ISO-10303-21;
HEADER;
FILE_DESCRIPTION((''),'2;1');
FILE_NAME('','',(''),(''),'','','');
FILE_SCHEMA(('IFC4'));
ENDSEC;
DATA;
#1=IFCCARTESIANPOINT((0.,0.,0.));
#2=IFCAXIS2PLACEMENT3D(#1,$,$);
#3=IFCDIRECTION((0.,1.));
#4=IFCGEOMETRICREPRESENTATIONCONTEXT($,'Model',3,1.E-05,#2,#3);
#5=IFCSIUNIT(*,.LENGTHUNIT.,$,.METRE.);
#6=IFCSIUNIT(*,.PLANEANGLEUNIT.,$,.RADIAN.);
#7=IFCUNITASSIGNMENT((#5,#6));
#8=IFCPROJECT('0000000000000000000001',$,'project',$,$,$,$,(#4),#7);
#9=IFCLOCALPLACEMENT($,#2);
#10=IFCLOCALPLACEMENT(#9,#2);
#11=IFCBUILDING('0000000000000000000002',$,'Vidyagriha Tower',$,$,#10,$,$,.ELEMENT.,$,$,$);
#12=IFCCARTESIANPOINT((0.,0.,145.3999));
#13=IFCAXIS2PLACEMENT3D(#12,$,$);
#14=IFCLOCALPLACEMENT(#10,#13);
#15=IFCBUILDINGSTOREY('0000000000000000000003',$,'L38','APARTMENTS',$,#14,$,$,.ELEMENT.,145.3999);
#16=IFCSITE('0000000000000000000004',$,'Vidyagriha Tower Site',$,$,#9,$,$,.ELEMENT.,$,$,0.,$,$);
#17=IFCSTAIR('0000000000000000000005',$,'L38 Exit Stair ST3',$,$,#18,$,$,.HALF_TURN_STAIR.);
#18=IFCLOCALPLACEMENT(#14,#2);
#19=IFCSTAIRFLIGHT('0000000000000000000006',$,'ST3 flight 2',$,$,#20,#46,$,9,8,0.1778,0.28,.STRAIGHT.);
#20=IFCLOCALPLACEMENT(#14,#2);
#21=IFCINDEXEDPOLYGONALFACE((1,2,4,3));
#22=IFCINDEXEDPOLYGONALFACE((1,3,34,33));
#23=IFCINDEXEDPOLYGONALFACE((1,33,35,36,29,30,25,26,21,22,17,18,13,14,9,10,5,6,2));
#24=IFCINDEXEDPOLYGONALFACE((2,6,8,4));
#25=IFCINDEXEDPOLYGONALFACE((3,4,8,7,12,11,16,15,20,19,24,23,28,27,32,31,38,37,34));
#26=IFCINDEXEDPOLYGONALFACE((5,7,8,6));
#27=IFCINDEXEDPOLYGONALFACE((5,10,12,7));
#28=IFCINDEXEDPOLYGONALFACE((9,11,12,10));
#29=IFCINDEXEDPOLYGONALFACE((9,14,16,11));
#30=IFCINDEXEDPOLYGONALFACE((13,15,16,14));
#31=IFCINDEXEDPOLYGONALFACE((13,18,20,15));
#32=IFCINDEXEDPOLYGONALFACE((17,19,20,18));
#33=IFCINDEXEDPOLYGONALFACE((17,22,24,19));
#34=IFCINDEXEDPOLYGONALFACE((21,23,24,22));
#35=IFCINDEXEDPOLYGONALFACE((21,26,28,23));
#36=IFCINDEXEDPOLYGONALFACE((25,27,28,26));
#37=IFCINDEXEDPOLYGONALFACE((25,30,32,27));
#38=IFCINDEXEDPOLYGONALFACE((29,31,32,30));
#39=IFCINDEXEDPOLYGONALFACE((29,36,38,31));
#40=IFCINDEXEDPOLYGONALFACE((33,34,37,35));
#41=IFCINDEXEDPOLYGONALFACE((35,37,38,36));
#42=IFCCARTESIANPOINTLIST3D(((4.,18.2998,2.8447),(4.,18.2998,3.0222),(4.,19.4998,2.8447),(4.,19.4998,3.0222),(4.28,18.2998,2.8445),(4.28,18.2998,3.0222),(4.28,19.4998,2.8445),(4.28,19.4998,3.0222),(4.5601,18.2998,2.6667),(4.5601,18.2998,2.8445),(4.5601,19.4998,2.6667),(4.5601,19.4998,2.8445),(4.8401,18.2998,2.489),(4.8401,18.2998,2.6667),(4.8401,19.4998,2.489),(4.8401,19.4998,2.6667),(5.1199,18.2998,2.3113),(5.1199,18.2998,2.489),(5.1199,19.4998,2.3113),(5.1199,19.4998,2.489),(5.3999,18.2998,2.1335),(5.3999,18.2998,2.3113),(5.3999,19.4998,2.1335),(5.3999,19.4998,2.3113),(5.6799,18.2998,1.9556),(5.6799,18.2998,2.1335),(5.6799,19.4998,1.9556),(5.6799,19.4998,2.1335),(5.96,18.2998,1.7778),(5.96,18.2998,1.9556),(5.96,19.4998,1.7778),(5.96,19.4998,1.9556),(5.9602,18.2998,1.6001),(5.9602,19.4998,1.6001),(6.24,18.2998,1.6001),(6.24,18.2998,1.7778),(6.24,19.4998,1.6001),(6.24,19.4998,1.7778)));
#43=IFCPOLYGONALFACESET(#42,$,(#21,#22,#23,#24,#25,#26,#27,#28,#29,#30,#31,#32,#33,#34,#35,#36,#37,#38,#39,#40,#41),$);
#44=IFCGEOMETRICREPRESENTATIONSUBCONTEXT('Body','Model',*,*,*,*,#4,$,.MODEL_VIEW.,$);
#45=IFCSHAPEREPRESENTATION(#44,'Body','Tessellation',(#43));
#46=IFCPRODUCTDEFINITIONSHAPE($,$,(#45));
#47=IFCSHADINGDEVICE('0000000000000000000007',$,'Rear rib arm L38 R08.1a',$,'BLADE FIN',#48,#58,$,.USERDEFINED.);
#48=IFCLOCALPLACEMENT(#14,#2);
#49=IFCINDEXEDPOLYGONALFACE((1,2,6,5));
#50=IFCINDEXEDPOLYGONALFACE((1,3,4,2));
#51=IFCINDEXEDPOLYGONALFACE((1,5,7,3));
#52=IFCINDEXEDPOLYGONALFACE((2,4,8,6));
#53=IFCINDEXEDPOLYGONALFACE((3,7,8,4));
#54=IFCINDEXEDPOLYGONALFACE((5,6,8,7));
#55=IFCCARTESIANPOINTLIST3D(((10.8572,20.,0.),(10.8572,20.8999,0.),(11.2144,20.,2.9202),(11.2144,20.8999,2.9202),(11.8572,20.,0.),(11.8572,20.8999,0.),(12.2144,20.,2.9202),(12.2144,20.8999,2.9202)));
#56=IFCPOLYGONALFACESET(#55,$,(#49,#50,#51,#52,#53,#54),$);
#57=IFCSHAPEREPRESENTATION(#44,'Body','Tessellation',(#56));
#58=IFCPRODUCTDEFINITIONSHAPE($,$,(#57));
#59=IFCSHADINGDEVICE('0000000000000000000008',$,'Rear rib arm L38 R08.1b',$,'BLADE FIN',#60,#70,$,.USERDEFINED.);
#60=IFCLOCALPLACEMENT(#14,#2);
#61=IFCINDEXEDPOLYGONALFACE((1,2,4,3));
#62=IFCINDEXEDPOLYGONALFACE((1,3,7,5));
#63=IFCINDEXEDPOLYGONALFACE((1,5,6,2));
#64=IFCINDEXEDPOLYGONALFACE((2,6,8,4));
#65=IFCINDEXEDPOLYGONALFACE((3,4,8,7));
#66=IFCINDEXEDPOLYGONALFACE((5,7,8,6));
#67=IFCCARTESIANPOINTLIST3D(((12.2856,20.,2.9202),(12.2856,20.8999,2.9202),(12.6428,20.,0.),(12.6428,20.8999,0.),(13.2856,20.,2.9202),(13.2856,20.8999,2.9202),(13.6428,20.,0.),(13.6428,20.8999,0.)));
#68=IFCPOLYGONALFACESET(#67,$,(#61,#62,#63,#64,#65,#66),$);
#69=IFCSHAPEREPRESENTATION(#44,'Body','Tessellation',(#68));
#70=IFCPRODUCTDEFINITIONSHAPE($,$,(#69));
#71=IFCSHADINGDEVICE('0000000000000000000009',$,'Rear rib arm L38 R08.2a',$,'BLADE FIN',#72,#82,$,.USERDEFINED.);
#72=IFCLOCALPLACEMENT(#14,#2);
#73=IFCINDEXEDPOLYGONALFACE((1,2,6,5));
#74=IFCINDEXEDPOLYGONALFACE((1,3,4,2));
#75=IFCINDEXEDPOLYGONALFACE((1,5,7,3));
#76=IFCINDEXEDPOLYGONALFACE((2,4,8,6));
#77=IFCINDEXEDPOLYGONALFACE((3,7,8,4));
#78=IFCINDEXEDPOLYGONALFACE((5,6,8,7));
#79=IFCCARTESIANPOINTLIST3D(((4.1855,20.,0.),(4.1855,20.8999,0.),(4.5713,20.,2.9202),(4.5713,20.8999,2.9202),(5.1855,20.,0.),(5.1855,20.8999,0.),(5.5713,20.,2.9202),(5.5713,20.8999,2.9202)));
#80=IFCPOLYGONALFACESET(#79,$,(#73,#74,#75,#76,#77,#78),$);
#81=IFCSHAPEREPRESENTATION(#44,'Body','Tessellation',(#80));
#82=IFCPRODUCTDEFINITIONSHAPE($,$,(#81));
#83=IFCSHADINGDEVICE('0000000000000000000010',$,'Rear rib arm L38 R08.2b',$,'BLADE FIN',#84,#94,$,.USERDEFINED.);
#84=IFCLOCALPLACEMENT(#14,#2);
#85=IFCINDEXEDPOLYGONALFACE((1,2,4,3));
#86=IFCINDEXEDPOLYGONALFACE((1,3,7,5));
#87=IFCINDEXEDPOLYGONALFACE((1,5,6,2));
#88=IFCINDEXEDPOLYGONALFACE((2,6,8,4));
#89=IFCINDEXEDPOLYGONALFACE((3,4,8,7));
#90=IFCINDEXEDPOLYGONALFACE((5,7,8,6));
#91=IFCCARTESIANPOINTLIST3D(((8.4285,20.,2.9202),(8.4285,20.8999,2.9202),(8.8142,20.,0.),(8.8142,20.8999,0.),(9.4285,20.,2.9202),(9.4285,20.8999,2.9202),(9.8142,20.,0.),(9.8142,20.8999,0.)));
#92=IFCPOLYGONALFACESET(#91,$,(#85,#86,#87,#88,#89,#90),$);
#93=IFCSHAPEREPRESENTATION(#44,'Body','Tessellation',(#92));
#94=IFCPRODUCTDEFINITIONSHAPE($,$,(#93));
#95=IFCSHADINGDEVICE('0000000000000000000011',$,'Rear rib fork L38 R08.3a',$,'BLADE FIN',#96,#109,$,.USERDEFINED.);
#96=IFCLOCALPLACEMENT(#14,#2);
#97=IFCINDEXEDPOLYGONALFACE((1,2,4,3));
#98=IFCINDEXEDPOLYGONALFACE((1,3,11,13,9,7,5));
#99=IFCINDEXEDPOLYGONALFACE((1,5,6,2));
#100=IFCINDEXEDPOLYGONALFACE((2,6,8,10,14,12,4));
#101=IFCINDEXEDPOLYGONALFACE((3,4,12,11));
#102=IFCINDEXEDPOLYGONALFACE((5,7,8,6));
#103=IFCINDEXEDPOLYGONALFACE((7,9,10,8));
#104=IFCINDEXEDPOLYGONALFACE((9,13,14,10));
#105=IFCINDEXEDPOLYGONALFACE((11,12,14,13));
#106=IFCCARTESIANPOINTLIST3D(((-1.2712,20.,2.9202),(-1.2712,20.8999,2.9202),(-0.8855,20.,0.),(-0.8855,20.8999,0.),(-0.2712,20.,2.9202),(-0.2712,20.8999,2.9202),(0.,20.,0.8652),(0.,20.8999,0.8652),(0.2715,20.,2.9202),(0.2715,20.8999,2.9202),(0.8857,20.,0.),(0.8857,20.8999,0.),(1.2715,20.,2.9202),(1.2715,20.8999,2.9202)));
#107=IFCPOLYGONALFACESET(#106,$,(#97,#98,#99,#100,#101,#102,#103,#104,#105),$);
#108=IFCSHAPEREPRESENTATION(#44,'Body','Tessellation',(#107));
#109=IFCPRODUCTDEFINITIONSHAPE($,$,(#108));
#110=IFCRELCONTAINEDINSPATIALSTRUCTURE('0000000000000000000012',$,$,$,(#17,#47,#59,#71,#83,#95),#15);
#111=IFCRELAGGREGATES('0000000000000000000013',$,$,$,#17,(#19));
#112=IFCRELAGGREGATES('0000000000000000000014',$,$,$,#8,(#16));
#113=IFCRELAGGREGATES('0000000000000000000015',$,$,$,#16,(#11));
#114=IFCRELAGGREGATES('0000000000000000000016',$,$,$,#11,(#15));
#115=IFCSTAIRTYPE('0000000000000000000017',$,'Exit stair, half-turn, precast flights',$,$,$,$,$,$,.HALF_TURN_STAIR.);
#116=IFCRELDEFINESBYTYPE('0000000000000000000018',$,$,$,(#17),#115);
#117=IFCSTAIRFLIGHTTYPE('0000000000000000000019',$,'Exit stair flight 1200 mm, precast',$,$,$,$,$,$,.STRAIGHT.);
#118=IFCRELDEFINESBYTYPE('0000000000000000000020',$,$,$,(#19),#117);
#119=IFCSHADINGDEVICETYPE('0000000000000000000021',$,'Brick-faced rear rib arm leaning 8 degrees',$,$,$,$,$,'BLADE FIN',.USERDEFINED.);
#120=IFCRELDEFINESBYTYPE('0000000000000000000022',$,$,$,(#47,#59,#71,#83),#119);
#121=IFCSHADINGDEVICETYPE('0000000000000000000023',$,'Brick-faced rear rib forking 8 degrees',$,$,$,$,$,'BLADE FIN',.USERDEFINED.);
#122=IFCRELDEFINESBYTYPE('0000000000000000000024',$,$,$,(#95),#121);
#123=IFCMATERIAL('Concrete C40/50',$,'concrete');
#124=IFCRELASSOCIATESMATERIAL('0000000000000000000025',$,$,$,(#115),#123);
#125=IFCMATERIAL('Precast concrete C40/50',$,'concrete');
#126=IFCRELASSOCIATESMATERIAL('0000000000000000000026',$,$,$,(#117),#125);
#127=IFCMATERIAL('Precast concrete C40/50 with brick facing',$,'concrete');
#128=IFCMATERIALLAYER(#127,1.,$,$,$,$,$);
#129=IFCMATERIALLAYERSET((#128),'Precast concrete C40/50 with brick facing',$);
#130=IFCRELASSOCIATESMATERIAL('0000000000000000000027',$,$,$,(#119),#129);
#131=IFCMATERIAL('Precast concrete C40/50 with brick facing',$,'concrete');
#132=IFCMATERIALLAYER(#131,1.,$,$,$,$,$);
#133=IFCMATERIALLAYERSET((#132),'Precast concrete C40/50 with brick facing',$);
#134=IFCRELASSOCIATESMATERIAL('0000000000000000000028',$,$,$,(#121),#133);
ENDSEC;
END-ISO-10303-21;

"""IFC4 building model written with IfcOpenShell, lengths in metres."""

from ifc_helpers import new_model, si_unit, direction, frame, origin, place, context, subcontext, project, spatial, polyline, outline, extrude, material, layer, layer_set, type_object, element, aggregate, save


model = new_model("IFC4")

# Units and contexts
model_context = context("Model", 3, precision=1e-05, world=origin(), true_north=direction((0.0, 1.0)))
body_context = subcontext(model_context, "Body", "Model", "MODEL_VIEW")
ifc_project = project(units=[si_unit("LENGTHUNIT", "METRE"), si_unit("PLANEANGLEUNIT", "RADIAN")], contexts=[model_context])

# Site, building, storey
site_placement = place(None, origin())
site = spatial("IfcSite", under=ifc_project, at=site_placement, Name="Vidyagriha Tower Site", CompositionType="ELEMENT", RefElevation=0.0)
building_placement = place(site_placement, origin())
building = spatial("IfcBuilding", under=site, at=building_placement, Name="Vidyagriha Tower", CompositionType="ELEMENT")
storey_placement = place(building_placement, frame((0.0, 0.0, 145.3999)))
storey = spatial("IfcBuildingStorey", under=building, at=storey_placement, Name="L38", Description="APARTMENTS", CompositionType="ELEMENT", Elevation=145.3999)

# Shared definitions
ifc_material_1 = material(Name="Concrete C40/50", Category="concrete")
stair_type = type_object("IfcStairType", Name="Exit stair, half-turn, precast flights", PredefinedType="HALF_TURN_STAIR", material=ifc_material_1)
ifc_material_2 = material(Name="Precast concrete C40/50", Category="concrete")
stair_flight_type = type_object("IfcStairFlightType", Name="Exit stair flight 1200 mm, precast", PredefinedType="STRAIGHT", material=ifc_material_2)

# Stair, stair flight
stair_1_placement = place(storey_placement, origin())
stair_1 = element("IfcStair", 1, at=stair_1_placement, inside=storey, type_object=stair_type, Name="L38 Exit Stair ST3", PredefinedType="HALF_TURN_STAIR")
stair_flight_1_placement = place(storey_placement, frame((6.24, 18.8999, 1.6001), z_axis=(0.0, 0.0, 1.0), x_axis=(-1.0, 0.0, 0.0)))
stair_flight_1 = element("IfcStairFlight", 2, at=stair_flight_1_placement, type_object=stair_flight_type, Name="ST3 flight 2", NumberOfRisers=9, NumberOfTreads=8, PredefinedType="STRAIGHT", RiserHeight=0.1778, TreadLength=0.28, context=body_context, shape_type="SweptSolid", body=[
    extrude(outline(polyline([(0.0, 0.0), (0.0, 0.1777), (0.28, 0.1777), (0.28, 0.3555), (0.5601, 0.3555), (0.5601, 0.5334), (0.8401, 0.5334), (0.8401, 0.7112), (1.1201, 0.7112), (1.1201, 0.8889), (1.3999, 0.8889), (1.3999, 1.0667), (1.6799, 1.0667), (1.6799, 1.2444), (1.96, 1.2444), (1.96, 1.4221), (2.24, 1.4221), (2.24, 1.6001), (2.24, 1.2446), (0.2798, 0.0), (0.0, 0.0)])), frame((0.0, 0.6001, 0.0), z_axis=(0.0, -1.0, 0.0), x_axis=(1.0, 0.0, 0.0)), (0.0, 0.0, 1.0), 1.2),
])
aggregate(stair_1, [stair_flight_1])

# Shading devices
ifc_material_3 = material(Name="Precast concrete C40/50 with brick facing", Category="concrete")
ifc_layer_1 = layer(ifc_material_3, 1.0)
ifc_layer_set_1 = layer_set([ifc_layer_1], Name="Precast concrete C40/50 with brick facing")
shading_device_type_1 = type_object("IfcShadingDeviceType", Name="Brick-faced rear rib arm leaning 8 degrees", ElementType="BLADE FIN", PredefinedType="USERDEFINED", material=ifc_layer_set_1)
shading_device_1_placement = place(storey_placement, frame((12.2144, 20.45, 0.0), z_axis=(0.0, 0.0, 1.0), x_axis=(-1.0, 0.0, 0.0)))
element("IfcShadingDevice", 3, at=shading_device_1_placement, inside=storey, type_object=shading_device_type_1, Name="Rear rib arm L38 R08.1a", ObjectType="BLADE FIN", PredefinedType="USERDEFINED", context=body_context, shape_type="SweptSolid", body=[
    extrude(outline(polyline([(0.3572, 0.0), (1.3572, 0.0), (1.0, 2.9202), (0.0, 2.9202), (0.3572, 0.0)])), frame((0.0, 0.45, 0.0), z_axis=(0.0, -1.0, 0.0), x_axis=(1.0, 0.0, 0.0)), (0.0, 0.0, 1.0), 0.8999),
])
shading_device_2_placement = place(storey_placement, frame((13.6428, 20.45, 0.0), z_axis=(0.0, 0.0, 1.0), x_axis=(-1.0, 0.0, 0.0)))
element("IfcShadingDevice", 4, at=shading_device_2_placement, inside=storey, type_object=shading_device_type_1, Name="Rear rib arm L38 R08.1b", ObjectType="BLADE FIN", PredefinedType="USERDEFINED", context=body_context, shape_type="SweptSolid", body=[
    extrude(outline(polyline([(0.0, 0.0), (1.0, 0.0), (1.3572, 2.9202), (0.3572, 2.9202), (0.0, 0.0)])), frame((0.0, 0.45, 0.0), z_axis=(0.0, -1.0, 0.0), x_axis=(1.0, 0.0, 0.0)), (0.0, 0.0, 1.0), 0.8999),
])
shading_device_3_placement = place(storey_placement, frame((5.5713, 20.45, 0.0), z_axis=(0.0, 0.0, 1.0), x_axis=(-1.0, 0.0, 0.0)))
element("IfcShadingDevice", 5, at=shading_device_3_placement, inside=storey, type_object=shading_device_type_1, Name="Rear rib arm L38 R08.2a", ObjectType="BLADE FIN", PredefinedType="USERDEFINED", context=body_context, shape_type="SweptSolid", body=[
    extrude(outline(polyline([(0.3857, 0.0), (1.3857, 0.0), (1.0, 2.9202), (0.0, 2.9202), (0.3857, 0.0)])), frame((0.0, 0.45, 0.0), z_axis=(0.0, -1.0, 0.0), x_axis=(1.0, 0.0, 0.0)), (0.0, 0.0, 1.0), 0.8999),
])
shading_device_4_placement = place(storey_placement, frame((9.8142, 20.45, 0.0), z_axis=(0.0, 0.0, 1.0), x_axis=(-1.0, 0.0, 0.0)))
element("IfcShadingDevice", 6, at=shading_device_4_placement, inside=storey, type_object=shading_device_type_1, Name="Rear rib arm L38 R08.2b", ObjectType="BLADE FIN", PredefinedType="USERDEFINED", context=body_context, shape_type="SweptSolid", body=[
    extrude(outline(polyline([(0.0, 0.0), (1.0, 0.0), (1.3857, 2.9202), (0.3857, 2.9202), (0.0, 0.0)])), frame((0.0, 0.45, 0.0), z_axis=(0.0, -1.0, 0.0), x_axis=(1.0, 0.0, 0.0)), (0.0, 0.0, 1.0), 0.8999),
])
ifc_material_4 = material(Name="Precast concrete C40/50 with brick facing", Category="concrete")
ifc_layer_2 = layer(ifc_material_4, 1.0)
ifc_layer_set_2 = layer_set([ifc_layer_2], Name="Precast concrete C40/50 with brick facing")
shading_device_type_2 = type_object("IfcShadingDeviceType", Name="Brick-faced rear rib forking 8 degrees", ElementType="BLADE FIN", PredefinedType="USERDEFINED", material=ifc_layer_set_2)
shading_device_5_placement = place(storey_placement, frame((1.2715, 20.45, 0.0), z_axis=(0.0, 0.0, 1.0), x_axis=(-1.0, 0.0, 0.0)))
element("IfcShadingDevice", 7, at=shading_device_5_placement, inside=storey, type_object=shading_device_type_2, Name="Rear rib fork L38 R08.3a", ObjectType="BLADE FIN", PredefinedType="USERDEFINED", context=body_context, shape_type="SweptSolid", body=[
    extrude(outline(polyline([(0.3857, 0.0), (2.157, 0.0), (2.5427, 2.9202), (1.5427, 2.9202), (1.2715, 0.8652), (1.0, 2.9202), (0.0, 2.9202), (0.3857, 0.0)])), frame((0.0, 0.45, 0.0), z_axis=(0.0, -1.0, 0.0), x_axis=(1.0, 0.0, 0.0)), (0.0, 0.0, 1.0), 0.8999),
])

save(model, "model.ifc")
